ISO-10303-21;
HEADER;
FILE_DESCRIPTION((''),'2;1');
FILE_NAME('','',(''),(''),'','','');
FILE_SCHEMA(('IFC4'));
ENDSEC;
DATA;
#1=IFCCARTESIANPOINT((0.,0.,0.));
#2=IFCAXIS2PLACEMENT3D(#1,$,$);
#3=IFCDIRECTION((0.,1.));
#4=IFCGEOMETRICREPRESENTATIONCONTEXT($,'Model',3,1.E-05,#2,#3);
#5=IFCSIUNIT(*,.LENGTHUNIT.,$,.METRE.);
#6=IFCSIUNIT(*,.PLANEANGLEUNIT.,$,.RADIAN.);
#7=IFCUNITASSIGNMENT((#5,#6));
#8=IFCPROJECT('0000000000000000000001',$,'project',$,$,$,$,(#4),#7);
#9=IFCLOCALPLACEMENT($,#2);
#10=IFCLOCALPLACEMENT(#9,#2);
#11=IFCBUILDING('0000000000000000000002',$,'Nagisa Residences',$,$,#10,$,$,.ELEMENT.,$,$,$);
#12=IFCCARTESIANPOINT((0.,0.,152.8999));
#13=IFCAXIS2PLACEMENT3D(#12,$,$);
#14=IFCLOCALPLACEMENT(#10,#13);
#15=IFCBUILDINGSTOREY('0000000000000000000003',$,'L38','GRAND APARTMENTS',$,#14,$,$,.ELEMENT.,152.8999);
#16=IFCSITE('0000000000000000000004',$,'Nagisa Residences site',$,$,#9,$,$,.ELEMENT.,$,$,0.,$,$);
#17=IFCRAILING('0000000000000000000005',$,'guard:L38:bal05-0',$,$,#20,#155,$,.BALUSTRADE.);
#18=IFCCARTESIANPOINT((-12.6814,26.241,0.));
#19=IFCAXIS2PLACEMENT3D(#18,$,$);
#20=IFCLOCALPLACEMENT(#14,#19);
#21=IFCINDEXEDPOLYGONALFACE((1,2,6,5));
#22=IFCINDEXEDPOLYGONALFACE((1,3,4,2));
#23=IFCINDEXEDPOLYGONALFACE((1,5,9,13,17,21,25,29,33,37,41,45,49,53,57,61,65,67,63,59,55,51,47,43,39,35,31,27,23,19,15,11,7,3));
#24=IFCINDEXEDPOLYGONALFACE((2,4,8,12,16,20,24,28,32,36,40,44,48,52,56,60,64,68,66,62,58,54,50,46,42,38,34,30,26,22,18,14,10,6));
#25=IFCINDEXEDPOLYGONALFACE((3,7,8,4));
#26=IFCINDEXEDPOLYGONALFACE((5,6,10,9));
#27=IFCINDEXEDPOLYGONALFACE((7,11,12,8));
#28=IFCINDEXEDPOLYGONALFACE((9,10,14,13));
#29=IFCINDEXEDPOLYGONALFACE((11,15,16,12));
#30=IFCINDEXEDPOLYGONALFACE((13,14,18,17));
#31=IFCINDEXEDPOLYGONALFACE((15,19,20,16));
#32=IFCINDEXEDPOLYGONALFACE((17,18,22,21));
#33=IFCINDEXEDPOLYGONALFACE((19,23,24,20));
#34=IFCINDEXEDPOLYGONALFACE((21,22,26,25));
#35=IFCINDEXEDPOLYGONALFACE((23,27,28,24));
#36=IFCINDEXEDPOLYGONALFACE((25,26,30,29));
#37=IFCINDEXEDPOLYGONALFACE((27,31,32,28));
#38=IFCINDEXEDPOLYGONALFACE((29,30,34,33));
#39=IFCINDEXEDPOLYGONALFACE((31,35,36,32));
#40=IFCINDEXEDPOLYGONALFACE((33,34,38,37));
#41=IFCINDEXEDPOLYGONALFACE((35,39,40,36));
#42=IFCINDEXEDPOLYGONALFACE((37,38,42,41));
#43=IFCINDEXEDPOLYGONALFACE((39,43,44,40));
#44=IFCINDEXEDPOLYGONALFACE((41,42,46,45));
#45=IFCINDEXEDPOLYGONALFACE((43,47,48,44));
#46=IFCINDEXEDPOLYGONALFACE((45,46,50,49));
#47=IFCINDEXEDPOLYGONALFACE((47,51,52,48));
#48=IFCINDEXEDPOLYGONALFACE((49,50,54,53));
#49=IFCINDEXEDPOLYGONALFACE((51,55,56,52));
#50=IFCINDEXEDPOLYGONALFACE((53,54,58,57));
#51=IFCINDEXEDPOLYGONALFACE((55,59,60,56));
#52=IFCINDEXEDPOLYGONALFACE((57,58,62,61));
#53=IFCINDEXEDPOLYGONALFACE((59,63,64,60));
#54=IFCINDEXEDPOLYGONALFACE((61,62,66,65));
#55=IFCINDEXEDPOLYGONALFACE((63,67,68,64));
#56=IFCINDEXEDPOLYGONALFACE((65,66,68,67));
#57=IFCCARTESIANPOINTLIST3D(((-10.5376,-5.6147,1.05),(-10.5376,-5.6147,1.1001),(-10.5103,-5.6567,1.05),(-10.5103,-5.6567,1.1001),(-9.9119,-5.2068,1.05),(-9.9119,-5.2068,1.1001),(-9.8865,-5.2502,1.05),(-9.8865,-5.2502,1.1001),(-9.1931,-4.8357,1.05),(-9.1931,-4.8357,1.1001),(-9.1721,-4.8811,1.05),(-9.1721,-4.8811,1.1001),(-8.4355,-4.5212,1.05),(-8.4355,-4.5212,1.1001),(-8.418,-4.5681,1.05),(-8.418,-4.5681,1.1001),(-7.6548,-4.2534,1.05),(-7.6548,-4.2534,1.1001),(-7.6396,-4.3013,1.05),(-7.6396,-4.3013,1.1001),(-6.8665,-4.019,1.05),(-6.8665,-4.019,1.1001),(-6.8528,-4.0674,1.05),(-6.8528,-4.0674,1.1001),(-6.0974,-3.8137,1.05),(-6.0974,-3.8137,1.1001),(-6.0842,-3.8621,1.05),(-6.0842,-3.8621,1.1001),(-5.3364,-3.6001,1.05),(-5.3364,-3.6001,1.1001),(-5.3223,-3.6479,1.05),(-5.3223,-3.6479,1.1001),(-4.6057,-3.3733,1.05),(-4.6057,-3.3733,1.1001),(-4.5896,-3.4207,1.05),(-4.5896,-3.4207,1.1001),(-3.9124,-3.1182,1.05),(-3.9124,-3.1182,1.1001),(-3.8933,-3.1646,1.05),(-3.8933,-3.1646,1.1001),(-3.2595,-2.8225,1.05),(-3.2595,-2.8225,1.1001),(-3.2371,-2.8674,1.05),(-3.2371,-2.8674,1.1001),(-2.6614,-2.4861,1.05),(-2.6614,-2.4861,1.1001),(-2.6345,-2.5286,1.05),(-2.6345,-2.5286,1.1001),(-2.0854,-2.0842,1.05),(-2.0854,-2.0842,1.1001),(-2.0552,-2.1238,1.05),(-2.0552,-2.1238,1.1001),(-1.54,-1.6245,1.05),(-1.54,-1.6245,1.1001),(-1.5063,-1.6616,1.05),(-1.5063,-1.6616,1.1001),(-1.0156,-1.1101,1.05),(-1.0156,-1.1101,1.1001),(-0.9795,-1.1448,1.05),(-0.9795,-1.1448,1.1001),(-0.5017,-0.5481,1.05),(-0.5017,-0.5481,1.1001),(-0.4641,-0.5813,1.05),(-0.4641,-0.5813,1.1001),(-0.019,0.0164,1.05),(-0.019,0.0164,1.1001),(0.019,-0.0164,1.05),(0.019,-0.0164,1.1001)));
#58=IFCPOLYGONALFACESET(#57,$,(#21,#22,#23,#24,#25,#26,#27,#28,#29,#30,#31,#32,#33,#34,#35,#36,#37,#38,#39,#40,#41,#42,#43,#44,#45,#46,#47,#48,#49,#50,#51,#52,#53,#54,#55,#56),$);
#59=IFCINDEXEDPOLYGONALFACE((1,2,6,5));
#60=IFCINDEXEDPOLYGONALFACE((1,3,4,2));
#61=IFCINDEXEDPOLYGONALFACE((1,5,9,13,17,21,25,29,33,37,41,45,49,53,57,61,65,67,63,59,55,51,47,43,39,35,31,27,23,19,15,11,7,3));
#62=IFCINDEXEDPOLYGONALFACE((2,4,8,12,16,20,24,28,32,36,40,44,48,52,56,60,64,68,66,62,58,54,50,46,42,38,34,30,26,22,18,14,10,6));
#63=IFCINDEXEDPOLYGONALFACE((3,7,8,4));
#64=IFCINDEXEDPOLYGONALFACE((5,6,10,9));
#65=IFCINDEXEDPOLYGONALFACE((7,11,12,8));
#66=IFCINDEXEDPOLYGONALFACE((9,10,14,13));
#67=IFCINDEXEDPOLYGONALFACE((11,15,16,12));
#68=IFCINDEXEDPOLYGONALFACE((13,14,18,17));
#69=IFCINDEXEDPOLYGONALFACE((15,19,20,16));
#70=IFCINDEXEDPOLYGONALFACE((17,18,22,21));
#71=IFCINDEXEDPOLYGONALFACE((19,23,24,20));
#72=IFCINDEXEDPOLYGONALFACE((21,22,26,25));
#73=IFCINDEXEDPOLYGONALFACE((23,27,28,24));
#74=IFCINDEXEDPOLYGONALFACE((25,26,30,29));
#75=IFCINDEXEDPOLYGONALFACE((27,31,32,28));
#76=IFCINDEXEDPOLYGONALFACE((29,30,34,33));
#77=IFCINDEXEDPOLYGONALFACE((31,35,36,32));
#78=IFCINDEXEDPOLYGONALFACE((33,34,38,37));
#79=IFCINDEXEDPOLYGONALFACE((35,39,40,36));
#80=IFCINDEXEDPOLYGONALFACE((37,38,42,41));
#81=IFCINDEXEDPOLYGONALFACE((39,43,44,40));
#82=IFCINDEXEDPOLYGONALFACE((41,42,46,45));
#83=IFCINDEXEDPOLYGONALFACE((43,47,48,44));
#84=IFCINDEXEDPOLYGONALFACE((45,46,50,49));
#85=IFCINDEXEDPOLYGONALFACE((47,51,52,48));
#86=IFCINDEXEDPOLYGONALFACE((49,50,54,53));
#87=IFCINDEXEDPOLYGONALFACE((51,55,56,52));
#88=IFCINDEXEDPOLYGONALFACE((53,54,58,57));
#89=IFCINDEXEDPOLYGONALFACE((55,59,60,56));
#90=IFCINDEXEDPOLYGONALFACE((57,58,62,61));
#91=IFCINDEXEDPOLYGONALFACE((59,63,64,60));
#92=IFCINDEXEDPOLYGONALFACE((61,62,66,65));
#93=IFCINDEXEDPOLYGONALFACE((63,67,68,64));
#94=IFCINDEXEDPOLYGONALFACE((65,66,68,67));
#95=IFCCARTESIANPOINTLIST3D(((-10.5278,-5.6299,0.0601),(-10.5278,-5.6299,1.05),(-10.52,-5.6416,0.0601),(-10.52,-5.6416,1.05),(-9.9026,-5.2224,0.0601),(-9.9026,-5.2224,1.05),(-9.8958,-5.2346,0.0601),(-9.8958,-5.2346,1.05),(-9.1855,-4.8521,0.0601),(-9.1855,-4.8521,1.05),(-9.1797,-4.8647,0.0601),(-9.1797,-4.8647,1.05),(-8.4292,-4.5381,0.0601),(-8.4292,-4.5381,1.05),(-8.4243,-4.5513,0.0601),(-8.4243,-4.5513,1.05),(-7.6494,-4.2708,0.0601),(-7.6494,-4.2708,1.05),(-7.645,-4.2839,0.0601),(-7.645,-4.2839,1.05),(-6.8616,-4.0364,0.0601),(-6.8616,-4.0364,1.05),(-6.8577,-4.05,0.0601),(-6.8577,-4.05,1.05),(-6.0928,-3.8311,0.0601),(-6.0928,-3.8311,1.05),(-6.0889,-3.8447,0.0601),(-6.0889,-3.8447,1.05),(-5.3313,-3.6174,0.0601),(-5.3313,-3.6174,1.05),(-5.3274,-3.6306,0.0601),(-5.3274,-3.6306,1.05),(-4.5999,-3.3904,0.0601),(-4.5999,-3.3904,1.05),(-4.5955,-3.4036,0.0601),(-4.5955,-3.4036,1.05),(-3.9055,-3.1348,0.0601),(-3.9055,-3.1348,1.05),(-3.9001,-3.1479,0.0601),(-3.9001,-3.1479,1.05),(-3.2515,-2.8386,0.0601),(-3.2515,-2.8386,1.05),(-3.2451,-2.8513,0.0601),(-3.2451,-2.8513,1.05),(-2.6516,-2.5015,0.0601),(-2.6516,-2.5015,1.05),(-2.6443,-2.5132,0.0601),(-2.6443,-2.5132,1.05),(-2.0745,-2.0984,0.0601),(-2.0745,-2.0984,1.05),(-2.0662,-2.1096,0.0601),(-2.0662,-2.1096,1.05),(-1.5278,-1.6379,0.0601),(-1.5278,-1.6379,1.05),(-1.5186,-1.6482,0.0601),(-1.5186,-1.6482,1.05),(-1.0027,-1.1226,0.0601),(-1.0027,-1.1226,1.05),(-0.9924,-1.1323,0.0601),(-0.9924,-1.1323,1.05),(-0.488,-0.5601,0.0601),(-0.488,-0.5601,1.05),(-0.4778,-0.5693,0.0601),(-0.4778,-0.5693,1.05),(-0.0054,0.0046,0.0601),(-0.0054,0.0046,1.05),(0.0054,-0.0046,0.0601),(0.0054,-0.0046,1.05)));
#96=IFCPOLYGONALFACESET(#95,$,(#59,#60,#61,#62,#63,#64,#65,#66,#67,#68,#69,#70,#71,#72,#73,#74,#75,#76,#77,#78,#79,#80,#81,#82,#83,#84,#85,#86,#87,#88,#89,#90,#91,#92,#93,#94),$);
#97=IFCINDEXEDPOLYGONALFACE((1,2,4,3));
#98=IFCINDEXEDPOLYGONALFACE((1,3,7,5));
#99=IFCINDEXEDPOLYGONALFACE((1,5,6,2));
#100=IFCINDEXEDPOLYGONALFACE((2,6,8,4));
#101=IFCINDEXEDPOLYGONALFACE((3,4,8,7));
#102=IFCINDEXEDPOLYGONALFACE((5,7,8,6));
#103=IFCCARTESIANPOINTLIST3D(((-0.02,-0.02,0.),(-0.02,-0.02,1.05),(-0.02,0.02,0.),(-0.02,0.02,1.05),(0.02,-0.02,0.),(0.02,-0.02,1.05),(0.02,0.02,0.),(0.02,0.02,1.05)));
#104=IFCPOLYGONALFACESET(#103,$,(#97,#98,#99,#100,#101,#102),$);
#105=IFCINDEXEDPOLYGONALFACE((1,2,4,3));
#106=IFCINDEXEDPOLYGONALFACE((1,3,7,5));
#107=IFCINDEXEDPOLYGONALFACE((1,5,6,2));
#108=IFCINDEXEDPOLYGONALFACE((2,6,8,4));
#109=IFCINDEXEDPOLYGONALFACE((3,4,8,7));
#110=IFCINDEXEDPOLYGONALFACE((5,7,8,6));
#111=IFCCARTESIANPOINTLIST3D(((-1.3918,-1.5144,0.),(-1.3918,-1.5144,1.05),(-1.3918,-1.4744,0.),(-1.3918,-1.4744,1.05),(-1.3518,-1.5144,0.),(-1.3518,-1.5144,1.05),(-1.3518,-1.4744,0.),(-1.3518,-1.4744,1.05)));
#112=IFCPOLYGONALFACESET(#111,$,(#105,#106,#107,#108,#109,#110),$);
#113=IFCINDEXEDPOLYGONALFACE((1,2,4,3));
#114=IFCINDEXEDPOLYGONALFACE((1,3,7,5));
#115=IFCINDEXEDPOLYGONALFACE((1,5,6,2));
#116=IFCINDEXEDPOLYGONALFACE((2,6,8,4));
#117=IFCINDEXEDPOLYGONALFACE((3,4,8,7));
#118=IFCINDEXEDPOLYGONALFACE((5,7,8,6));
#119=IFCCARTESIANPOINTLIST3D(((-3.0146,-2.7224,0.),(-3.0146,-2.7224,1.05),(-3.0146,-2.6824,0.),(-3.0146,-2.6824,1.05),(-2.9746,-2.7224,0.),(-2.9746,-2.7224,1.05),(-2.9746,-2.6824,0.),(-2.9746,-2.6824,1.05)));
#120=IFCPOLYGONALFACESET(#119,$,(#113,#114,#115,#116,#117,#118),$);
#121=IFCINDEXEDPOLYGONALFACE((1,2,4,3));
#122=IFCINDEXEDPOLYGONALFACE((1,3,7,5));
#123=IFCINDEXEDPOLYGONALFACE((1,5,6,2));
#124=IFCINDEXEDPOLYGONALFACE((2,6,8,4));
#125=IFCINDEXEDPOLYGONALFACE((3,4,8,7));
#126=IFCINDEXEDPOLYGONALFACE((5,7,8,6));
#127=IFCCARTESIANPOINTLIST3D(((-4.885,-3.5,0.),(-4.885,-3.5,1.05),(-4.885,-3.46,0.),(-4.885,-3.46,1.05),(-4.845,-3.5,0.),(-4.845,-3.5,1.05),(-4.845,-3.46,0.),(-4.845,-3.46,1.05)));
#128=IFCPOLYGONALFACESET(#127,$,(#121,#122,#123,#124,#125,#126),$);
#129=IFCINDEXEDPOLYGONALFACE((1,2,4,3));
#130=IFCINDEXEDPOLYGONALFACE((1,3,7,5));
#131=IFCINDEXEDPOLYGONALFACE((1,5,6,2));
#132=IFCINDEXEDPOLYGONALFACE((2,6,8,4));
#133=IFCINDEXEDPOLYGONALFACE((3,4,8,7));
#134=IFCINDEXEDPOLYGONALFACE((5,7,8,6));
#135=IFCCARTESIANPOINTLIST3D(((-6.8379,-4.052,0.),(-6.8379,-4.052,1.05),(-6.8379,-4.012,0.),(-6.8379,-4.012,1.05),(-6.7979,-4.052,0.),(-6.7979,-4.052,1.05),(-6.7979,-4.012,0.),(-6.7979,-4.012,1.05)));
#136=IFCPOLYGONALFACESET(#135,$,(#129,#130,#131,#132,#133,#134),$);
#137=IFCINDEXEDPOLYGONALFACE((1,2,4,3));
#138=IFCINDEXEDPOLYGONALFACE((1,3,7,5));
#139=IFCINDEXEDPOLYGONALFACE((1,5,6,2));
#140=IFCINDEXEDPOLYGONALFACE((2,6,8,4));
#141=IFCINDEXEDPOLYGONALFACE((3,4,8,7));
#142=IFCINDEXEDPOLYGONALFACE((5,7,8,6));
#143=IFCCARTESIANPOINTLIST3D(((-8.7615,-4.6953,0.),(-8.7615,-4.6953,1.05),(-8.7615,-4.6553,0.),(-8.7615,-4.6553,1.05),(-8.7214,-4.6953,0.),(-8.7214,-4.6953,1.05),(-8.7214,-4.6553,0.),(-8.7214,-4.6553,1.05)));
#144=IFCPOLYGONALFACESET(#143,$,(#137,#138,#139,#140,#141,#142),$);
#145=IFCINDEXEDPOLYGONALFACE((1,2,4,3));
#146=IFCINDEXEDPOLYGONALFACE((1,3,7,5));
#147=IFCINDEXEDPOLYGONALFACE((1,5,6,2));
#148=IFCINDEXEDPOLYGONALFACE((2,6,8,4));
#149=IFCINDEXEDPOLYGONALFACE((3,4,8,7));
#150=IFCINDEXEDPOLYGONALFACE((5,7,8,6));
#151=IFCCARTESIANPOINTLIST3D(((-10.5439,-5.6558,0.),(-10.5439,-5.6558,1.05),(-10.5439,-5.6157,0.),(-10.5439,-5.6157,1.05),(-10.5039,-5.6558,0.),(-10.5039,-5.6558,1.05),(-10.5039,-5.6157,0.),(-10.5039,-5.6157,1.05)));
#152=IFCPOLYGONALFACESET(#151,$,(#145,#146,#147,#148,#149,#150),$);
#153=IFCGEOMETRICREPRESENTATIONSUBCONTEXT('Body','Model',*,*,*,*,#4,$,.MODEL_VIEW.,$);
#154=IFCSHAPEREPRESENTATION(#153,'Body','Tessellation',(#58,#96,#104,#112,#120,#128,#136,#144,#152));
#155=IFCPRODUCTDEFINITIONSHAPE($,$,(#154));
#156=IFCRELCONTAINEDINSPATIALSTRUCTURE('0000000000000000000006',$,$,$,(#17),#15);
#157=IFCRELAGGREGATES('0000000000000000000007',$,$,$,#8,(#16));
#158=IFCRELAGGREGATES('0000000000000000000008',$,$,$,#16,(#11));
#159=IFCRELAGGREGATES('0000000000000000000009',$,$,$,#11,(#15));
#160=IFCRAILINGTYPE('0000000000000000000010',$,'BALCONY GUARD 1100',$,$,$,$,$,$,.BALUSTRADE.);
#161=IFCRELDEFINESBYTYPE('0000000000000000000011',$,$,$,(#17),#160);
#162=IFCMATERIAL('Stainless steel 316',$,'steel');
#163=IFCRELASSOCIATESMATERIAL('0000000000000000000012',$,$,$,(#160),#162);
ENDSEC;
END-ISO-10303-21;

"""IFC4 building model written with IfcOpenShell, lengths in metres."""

from ifc_helpers import new_model, si_unit, direction, frame, origin, origin_2d, place, context, subcontext, project, spatial, polyline, rectangle, outline, extrude, material, type_object, element, save


model = new_model("IFC4")

# Units and contexts
model_context = context("Model", 3, precision=1e-05, world=origin(), true_north=direction((0.0, 1.0)))
body_context = subcontext(model_context, "Body", "Model", "MODEL_VIEW")
ifc_project = project(units=[si_unit("LENGTHUNIT", "METRE"), si_unit("PLANEANGLEUNIT", "RADIAN")], contexts=[model_context])

# Site, building, storey
site_placement = place(None, origin())
site = spatial("IfcSite", under=ifc_project, at=site_placement, Name="Nagisa Residences site", CompositionType="ELEMENT", RefElevation=0.0)
building_placement = place(site_placement, origin())
building = spatial("IfcBuilding", under=site, at=building_placement, Name="Nagisa Residences", CompositionType="ELEMENT")
storey_placement = place(building_placement, frame((0.0, 0.0, 152.8999)))
storey = spatial("IfcBuildingStorey", under=building, at=storey_placement, Name="L38", Description="GRAND APARTMENTS", CompositionType="ELEMENT", Elevation=152.8999)

# Railing
ifc_material_1 = material(Name="Stainless steel 316", Category="steel")
railing_type = type_object("IfcRailingType", Name="BALCONY GUARD 1100", PredefinedType="BALUSTRADE", material=ifc_material_1)
railing_1_placement = place(storey_placement, frame((-12.6814, 26.241, 0.0)))
element("IfcRailing", 1, at=railing_1_placement, inside=storey, type_object=railing_type, Name="guard:L38:bal05-0", PredefinedType="BALUSTRADE", context=body_context, shape_type="SweptSolid", body=[
    extrude(outline(polyline([(-0.4641, -0.5813), (0.019, -0.0164), (-0.019, 0.0164), (-0.5017, -0.5481), (-1.0156, -1.1101), (-1.54, -1.6245), (-2.0854, -2.0842), (-2.6614, -2.4861), (-3.2595, -2.8225), (-3.9124, -3.1182), (-4.6057, -3.3733), (-5.3364, -3.6001), (-6.0974, -3.8137), (-6.8665, -4.019), (-7.6548, -4.2534), (-8.4355, -4.5212), (-9.1931, -4.8357), (-9.9119, -5.2068), (-10.5376, -5.6147), (-10.5103, -5.6567), (-9.8865, -5.2502), (-9.1721, -4.8811), (-8.418, -4.5681), (-7.6396, -4.3013), (-6.8528, -4.0674), (-6.0842, -3.8621), (-5.3223, -3.6479), (-4.5896, -3.4207), (-3.8933, -3.1646), (-3.2371, -2.8674), (-2.6345, -2.5286), (-2.0552, -2.1238), (-1.5063, -1.6616), (-0.9795, -1.1448), (-0.4641, -0.5813)])), frame((0.0, 0.0, 1.05)), (0.0, 0.0, 1.0), 0.05),
    extrude(outline(polyline([(-0.4778, -0.5693), (0.0054, -0.0046), (-0.0054, 0.0046), (-0.488, -0.5601), (-1.0027, -1.1226), (-1.5278, -1.6379), (-2.0745, -2.0984), (-2.6516, -2.5015), (-3.2515, -2.8386), (-3.9055, -3.1348), (-4.5999, -3.3904), (-5.3313, -3.6174), (-6.0928, -3.8311), (-6.8616, -4.0364), (-7.6494, -4.2708), (-8.4292, -4.5381), (-9.1855, -4.8521), (-9.9026, -5.2224), (-10.5278, -5.6299), (-10.52, -5.6416), (-9.8958, -5.2346), (-9.1797, -4.8647), (-8.4243, -4.5513), (-7.645, -4.2839), (-6.8577, -4.05), (-6.0889, -3.8447), (-5.3274, -3.6306), (-4.5955, -3.4036), (-3.9001, -3.1479), (-3.2451, -2.8513), (-2.6443, -2.5132), (-2.0662, -2.1096), (-1.5186, -1.6482), (-0.9924, -1.1323), (-0.4778, -0.5693)])), frame((0.0, 0.0, 0.0601)), (0.0, 0.0, 1.0), 0.99),
    extrude(rectangle(XDim=0.04, YDim=0.04, at=origin_2d()), origin(), (0.0, 0.0, 1.0), 1.05),
    extrude(rectangle(XDim=0.04, YDim=0.04, at=origin_2d()), frame((-1.3718, -1.4944, 0.0)), (0.0, 0.0, 1.0), 1.05),
    extrude(rectangle(XDim=0.04, YDim=0.04, at=origin_2d()), frame((-2.9946, -2.7024, 0.0)), (0.0, 0.0, 1.0), 1.05),
    extrude(rectangle(XDim=0.04, YDim=0.04, at=origin_2d()), frame((-4.865, -3.48, 0.0)), (0.0, 0.0, 1.0), 1.05),
    extrude(rectangle(XDim=0.04, YDim=0.04, at=origin_2d()), frame((-6.8179, -4.032, 0.0)), (0.0, 0.0, 1.0), 1.05),
    extrude(rectangle(XDim=0.04, YDim=0.04, at=origin_2d()), frame((-8.7415, -4.6753, 0.0)), (0.0, 0.0, 1.0), 1.05),
    extrude(rectangle(XDim=0.04, YDim=0.04, at=origin_2d()), frame((-10.5239, -5.6357, 0.0)), (0.0, 0.0, 1.0), 1.05),
])

save(model, "model.ifc")
